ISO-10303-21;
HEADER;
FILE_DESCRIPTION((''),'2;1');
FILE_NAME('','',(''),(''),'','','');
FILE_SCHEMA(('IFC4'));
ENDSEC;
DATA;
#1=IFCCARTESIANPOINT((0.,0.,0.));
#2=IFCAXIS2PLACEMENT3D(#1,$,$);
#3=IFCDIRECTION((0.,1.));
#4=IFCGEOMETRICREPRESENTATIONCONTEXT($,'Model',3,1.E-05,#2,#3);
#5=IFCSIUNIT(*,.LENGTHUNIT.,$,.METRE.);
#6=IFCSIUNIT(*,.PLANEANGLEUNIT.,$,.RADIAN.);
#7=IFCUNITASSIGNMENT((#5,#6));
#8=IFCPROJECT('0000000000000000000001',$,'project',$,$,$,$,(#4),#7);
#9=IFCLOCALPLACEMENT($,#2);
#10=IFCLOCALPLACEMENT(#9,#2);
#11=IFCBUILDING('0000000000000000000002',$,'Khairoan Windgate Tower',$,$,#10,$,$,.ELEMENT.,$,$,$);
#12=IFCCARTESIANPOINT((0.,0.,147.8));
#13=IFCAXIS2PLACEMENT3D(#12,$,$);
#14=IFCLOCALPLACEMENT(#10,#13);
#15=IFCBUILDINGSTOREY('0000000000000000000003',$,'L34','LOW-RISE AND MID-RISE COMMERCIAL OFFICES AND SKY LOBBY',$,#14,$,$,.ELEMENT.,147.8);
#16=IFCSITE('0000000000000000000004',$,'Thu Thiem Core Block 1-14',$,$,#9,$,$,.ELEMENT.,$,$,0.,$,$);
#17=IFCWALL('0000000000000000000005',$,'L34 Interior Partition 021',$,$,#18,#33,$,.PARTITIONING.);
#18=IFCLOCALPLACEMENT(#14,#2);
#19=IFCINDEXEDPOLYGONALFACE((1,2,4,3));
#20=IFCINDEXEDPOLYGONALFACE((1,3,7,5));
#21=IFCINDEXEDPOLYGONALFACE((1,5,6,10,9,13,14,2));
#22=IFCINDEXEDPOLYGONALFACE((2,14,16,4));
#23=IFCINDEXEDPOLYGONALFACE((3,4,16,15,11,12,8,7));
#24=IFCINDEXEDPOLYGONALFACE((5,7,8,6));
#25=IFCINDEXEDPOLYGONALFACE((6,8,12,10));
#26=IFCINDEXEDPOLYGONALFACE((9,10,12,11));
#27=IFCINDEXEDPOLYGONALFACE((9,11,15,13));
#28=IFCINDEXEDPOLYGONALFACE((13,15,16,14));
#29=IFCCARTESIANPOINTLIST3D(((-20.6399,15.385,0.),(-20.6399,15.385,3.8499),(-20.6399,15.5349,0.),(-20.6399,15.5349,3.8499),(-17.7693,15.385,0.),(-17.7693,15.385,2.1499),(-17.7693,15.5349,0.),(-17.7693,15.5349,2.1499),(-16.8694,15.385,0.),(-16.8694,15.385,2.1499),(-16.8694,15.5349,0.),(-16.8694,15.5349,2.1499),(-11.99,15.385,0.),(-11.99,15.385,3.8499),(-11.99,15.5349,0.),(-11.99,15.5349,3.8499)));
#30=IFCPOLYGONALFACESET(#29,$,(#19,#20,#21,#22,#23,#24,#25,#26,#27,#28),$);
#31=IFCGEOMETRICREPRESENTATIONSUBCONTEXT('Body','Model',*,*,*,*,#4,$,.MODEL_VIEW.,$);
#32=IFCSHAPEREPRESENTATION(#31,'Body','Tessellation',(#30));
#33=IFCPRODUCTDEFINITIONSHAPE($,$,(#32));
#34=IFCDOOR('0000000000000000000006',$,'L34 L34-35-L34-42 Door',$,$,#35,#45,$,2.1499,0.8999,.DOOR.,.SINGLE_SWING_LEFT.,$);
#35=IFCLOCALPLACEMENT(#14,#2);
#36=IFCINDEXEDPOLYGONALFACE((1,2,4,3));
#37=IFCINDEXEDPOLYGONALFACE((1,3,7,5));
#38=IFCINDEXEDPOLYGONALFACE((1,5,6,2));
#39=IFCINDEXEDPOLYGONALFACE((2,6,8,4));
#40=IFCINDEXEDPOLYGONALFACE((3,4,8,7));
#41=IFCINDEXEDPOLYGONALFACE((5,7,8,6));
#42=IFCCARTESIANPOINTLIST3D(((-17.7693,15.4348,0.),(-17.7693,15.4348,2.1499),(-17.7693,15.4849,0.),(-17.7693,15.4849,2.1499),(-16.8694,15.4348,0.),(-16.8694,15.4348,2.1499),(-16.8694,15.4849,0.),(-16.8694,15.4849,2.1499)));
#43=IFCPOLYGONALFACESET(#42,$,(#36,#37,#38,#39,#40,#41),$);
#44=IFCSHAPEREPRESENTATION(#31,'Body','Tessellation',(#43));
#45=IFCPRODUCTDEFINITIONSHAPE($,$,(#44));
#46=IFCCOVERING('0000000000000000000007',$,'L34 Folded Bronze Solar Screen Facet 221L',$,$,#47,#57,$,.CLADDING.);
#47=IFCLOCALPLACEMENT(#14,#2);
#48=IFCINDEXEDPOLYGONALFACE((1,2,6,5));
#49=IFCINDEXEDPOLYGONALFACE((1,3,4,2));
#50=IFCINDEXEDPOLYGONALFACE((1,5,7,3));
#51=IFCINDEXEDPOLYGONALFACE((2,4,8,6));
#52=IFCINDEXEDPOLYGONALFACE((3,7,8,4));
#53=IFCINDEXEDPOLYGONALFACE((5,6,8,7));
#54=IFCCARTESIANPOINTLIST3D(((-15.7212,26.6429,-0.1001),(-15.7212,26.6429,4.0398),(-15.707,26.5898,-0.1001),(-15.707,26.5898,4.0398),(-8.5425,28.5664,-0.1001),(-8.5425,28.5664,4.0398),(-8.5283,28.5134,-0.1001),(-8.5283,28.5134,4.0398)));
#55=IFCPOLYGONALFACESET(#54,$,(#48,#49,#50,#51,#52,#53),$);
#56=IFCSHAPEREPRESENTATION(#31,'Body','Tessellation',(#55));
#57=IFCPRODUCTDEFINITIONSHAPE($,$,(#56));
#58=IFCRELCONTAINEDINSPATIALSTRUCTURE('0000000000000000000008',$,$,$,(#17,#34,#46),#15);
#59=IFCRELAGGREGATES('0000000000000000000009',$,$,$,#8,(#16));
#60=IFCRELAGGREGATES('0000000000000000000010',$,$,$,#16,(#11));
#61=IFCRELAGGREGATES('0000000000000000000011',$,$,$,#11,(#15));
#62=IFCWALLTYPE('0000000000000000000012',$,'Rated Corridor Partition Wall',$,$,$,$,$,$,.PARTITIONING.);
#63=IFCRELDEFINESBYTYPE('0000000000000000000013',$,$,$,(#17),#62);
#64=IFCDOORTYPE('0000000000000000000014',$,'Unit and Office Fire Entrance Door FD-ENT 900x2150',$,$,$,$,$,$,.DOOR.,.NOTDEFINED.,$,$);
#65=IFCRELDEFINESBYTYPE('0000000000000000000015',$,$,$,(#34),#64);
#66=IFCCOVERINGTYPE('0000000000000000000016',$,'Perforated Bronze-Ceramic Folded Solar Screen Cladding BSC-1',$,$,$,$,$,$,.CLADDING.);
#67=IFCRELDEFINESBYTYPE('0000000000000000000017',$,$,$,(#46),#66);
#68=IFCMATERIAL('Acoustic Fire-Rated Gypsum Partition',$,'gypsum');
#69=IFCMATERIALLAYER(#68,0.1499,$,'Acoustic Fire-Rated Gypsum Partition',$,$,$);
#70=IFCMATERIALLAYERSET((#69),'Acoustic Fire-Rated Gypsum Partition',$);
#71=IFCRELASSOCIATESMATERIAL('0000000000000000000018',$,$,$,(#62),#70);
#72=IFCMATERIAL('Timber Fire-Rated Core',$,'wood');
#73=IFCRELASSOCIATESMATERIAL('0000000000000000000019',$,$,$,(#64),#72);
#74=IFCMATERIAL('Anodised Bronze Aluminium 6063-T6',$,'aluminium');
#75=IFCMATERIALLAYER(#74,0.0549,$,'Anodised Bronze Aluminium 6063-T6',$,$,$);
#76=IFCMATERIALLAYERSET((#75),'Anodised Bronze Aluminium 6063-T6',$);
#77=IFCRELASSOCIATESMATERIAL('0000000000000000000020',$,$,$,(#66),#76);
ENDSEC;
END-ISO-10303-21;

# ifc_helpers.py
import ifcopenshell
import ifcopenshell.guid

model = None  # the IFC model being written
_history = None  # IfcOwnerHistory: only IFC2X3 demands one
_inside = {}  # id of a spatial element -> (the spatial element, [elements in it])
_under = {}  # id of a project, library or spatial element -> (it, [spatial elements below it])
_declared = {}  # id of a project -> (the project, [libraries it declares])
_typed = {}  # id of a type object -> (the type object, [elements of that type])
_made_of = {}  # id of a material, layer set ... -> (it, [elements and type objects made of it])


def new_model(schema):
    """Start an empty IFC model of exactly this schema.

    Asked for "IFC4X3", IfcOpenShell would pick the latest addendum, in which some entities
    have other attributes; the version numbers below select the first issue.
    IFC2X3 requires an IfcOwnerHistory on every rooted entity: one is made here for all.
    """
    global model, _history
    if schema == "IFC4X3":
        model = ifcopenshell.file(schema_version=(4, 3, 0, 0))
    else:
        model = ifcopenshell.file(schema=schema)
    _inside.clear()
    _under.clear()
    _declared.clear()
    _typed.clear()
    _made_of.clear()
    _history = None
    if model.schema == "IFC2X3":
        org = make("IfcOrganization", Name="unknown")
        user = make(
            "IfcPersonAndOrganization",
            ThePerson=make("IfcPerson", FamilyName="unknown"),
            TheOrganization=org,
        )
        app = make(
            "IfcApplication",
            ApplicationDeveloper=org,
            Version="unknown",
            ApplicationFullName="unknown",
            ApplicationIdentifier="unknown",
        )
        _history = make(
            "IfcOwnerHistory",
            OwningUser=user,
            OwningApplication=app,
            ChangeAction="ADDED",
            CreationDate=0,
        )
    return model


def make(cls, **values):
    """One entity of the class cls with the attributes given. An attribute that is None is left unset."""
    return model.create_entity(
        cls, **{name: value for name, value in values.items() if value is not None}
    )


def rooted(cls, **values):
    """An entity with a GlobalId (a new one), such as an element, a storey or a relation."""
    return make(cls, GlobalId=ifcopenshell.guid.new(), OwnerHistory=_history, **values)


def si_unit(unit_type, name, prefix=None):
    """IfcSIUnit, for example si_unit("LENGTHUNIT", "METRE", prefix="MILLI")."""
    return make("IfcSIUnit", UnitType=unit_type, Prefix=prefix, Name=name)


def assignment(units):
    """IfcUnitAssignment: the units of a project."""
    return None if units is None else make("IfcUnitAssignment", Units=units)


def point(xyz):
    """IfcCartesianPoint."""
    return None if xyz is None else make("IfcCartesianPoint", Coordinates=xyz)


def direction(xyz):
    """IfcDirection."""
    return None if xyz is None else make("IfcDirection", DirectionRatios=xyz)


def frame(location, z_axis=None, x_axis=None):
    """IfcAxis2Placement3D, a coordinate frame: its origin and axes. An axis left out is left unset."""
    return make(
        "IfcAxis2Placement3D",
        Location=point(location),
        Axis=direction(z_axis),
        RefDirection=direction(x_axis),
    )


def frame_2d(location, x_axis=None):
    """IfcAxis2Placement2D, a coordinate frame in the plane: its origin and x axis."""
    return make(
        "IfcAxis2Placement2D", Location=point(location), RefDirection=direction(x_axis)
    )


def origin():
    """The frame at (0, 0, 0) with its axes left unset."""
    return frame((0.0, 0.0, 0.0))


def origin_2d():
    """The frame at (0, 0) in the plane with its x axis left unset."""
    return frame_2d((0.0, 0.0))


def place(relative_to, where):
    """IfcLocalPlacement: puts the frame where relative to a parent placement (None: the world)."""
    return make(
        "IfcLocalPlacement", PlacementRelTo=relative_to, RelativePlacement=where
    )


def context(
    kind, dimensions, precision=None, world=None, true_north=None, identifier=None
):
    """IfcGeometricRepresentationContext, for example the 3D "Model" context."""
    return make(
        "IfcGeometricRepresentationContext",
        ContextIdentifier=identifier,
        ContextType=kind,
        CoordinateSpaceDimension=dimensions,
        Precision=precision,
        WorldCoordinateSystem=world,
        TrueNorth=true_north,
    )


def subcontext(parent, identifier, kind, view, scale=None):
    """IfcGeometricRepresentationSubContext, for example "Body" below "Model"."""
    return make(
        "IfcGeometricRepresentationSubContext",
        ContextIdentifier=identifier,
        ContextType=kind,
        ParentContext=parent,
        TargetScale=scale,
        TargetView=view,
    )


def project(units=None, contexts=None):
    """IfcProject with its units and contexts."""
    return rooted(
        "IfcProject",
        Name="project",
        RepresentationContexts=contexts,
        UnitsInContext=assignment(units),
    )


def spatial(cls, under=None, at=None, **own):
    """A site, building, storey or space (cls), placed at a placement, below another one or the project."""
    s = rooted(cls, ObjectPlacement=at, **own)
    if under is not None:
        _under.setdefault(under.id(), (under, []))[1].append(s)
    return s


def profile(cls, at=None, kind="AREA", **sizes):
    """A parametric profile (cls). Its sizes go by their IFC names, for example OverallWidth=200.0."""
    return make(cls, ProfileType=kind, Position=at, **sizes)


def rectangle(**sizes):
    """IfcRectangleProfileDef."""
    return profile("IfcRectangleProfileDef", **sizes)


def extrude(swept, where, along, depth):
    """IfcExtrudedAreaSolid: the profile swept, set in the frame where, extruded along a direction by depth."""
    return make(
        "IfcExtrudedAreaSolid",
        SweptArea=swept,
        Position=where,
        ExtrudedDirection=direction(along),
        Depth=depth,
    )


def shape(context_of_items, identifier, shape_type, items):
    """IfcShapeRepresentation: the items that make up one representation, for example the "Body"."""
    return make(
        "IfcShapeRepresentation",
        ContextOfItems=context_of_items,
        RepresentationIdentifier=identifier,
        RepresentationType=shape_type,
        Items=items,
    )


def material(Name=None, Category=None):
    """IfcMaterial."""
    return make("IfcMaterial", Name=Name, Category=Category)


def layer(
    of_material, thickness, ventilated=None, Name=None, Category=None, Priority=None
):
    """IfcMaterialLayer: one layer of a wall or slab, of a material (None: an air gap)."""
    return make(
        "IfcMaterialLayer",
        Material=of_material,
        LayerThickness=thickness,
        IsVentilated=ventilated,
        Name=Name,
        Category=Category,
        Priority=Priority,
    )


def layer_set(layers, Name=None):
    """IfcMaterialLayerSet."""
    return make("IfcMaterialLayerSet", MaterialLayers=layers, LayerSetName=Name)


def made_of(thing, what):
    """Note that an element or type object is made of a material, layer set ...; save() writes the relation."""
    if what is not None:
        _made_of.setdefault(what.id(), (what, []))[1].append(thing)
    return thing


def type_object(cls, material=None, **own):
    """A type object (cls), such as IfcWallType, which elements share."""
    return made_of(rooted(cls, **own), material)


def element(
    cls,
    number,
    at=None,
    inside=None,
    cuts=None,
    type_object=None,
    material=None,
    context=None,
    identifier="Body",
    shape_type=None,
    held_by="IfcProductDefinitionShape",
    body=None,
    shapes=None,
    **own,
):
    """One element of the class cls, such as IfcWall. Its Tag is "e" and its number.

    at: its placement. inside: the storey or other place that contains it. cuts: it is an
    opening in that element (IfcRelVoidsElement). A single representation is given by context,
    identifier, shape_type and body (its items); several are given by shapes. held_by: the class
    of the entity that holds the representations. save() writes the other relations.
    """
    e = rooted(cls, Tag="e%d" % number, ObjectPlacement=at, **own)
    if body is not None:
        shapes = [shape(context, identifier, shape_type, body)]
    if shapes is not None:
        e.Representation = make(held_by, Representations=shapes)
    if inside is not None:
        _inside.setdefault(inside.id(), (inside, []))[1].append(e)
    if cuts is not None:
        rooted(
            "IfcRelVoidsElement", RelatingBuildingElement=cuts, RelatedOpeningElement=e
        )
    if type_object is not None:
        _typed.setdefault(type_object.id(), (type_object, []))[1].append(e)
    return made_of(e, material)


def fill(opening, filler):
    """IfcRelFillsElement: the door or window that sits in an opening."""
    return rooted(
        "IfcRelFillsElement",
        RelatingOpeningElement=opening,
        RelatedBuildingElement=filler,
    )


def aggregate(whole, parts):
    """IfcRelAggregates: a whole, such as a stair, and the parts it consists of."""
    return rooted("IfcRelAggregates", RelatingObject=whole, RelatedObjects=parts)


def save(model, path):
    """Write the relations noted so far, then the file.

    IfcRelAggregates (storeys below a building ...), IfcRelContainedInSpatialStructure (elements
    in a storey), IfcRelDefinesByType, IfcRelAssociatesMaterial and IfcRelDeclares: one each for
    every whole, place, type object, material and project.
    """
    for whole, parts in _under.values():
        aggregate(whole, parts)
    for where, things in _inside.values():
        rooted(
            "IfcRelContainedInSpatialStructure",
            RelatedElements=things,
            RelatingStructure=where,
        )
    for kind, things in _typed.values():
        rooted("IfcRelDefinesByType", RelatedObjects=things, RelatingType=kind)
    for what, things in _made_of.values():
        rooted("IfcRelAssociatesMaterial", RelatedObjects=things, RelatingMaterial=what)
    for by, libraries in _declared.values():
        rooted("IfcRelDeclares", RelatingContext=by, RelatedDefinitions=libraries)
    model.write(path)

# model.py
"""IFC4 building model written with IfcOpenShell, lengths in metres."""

from ifc_helpers import new_model, si_unit, direction, frame, frame_2d, origin, origin_2d, place, context, subcontext, project, spatial, rectangle, extrude, material, layer, layer_set, type_object, element, fill, save


model = new_model("IFC4")

# Units and contexts
model_context = context("Model", 3, precision=1e-05, world=origin(), true_north=direction((0.0, 1.0)))
body_context = subcontext(model_context, "Body", "Model", "MODEL_VIEW")
ifc_project = project(units=[si_unit("LENGTHUNIT", "METRE"), si_unit("PLANEANGLEUNIT", "RADIAN")], contexts=[model_context])

# Site, building, storey
site_placement = place(None, origin())
site = spatial("IfcSite", under=ifc_project, at=site_placement, Name="Thu Thiem Core Block 1-14", CompositionType="ELEMENT", RefElevation=0.0)
building_placement = place(site_placement, origin())
building = spatial("IfcBuilding", under=site, at=building_placement, Name="Khairoan Windgate Tower", CompositionType="ELEMENT")
storey_placement = place(building_placement, frame((0.0, 0.0, 147.8)))
storey = spatial("IfcBuildingStorey", under=building, at=storey_placement, Name="L34", Description="LOW-RISE AND MID-RISE COMMERCIAL OFFICES AND SKY LOBBY", CompositionType="ELEMENT", Elevation=147.8)

# Shared definitions
ifc_material_1 = material(Name="Acoustic Fire-Rated Gypsum Partition", Category="gypsum")
ifc_layer_1 = layer(ifc_material_1, 0.1499, Name="Acoustic Fire-Rated Gypsum Partition")
ifc_layer_set_1 = layer_set([ifc_layer_1], Name="Acoustic Fire-Rated Gypsum Partition")
wall_type_1 = type_object("IfcWallType", Name="Rated Corridor Partition Wall", PredefinedType="PARTITIONING", material=ifc_layer_set_1)

# Wall, opening, door
wall_1_placement = place(storey_placement, frame((-20.6399, 15.46, 0.0), z_axis=(0.0, 0.0, 1.0), x_axis=(1.0, 0.0, 0.0)))
wall_1 = element("IfcWall", 1, at=wall_1_placement, inside=storey, type_object=wall_type_1, Name="L34 Interior Partition 021", PredefinedType="PARTITIONING", context=body_context, shape_type="SweptSolid", body=[
    extrude(rectangle(XDim=8.6499, YDim=0.1499, at=frame_2d((4.325, 0.0))), origin(), (0.0, 0.0, 1.0), 3.8499),
])
opening_1_placement = place(wall_1_placement, frame((2.8706, 0.0, 0.0)))
opening_1 = element("IfcOpeningElement", 2, at=opening_1_placement, cuts=wall_1, PredefinedType="OPENING", context=body_context, shape_type="SweptSolid", body=[
    extrude(rectangle(XDim=0.8999, YDim=2.1499, at=frame_2d((0.45, 1.075))), frame((0.0, 0.085, 0.0), z_axis=(0.0, -1.0, 0.0), x_axis=(1.0, 0.0, 0.0)), (0.0, 0.0, 1.0), 0.1699),
])
ifc_material_2 = material(Name="Timber Fire-Rated Core", Category="wood")
door_type_1 = type_object("IfcDoorType", Name="Unit and Office Fire Entrance Door FD-ENT 900x2150", OperationType="NOTDEFINED", PredefinedType="DOOR", material=ifc_material_2)
door_1_placement = place(opening_1_placement, origin())
door_1 = element("IfcDoor", 3, at=door_1_placement, inside=storey, type_object=door_type_1, Name="L34 L34-35-L34-42 Door", OperationType="SINGLE_SWING_LEFT", OverallHeight=2.1499, OverallWidth=0.8999, PredefinedType="DOOR", context=body_context, shape_type="SweptSolid", body=[
    extrude(rectangle(XDim=0.8999, YDim=2.1499, at=frame_2d((0.45, 1.075))), frame((0.0, 0.0249, 0.0), z_axis=(0.0, -1.0, 0.0), x_axis=(1.0, 0.0, 0.0)), (0.0, 0.0, 1.0), 0.05),
])
fill(opening_1, door_1)

# Covering
ifc_material_3 = material(Name="Anodised Bronze Aluminium 6063-T6", Category="aluminium")
ifc_layer_2 = layer(ifc_material_3, 0.0549, Name="Anodised Bronze Aluminium 6063-T6")
ifc_layer_set_2 = layer_set([ifc_layer_2], Name="Anodised Bronze Aluminium 6063-T6")
covering_type = type_object("IfcCoveringType", Name="Perforated Bronze-Ceramic Folded Solar Screen Cladding BSC-1", PredefinedType="CLADDING", material=ifc_layer_set_2)
covering_placement = place(storey_placement, frame((-12.1248, 27.5781, -0.1001), z_axis=(0.0, 0.0, 1.0), x_axis=(0.965926, 0.258819, 0.0)))
element("IfcCovering", 4, at=covering_placement, inside=storey, type_object=covering_type, Name="L34 Folded Bronze Solar Screen Facet 221L", PredefinedType="CLADDING", context=body_context, shape_type="SweptSolid", body=[
    extrude(rectangle(XDim=7.4319, YDim=0.0549, at=origin_2d()), origin(), (0.0, 0.0, 1.0), 4.1399),
])

save(model, "model.ifc")
